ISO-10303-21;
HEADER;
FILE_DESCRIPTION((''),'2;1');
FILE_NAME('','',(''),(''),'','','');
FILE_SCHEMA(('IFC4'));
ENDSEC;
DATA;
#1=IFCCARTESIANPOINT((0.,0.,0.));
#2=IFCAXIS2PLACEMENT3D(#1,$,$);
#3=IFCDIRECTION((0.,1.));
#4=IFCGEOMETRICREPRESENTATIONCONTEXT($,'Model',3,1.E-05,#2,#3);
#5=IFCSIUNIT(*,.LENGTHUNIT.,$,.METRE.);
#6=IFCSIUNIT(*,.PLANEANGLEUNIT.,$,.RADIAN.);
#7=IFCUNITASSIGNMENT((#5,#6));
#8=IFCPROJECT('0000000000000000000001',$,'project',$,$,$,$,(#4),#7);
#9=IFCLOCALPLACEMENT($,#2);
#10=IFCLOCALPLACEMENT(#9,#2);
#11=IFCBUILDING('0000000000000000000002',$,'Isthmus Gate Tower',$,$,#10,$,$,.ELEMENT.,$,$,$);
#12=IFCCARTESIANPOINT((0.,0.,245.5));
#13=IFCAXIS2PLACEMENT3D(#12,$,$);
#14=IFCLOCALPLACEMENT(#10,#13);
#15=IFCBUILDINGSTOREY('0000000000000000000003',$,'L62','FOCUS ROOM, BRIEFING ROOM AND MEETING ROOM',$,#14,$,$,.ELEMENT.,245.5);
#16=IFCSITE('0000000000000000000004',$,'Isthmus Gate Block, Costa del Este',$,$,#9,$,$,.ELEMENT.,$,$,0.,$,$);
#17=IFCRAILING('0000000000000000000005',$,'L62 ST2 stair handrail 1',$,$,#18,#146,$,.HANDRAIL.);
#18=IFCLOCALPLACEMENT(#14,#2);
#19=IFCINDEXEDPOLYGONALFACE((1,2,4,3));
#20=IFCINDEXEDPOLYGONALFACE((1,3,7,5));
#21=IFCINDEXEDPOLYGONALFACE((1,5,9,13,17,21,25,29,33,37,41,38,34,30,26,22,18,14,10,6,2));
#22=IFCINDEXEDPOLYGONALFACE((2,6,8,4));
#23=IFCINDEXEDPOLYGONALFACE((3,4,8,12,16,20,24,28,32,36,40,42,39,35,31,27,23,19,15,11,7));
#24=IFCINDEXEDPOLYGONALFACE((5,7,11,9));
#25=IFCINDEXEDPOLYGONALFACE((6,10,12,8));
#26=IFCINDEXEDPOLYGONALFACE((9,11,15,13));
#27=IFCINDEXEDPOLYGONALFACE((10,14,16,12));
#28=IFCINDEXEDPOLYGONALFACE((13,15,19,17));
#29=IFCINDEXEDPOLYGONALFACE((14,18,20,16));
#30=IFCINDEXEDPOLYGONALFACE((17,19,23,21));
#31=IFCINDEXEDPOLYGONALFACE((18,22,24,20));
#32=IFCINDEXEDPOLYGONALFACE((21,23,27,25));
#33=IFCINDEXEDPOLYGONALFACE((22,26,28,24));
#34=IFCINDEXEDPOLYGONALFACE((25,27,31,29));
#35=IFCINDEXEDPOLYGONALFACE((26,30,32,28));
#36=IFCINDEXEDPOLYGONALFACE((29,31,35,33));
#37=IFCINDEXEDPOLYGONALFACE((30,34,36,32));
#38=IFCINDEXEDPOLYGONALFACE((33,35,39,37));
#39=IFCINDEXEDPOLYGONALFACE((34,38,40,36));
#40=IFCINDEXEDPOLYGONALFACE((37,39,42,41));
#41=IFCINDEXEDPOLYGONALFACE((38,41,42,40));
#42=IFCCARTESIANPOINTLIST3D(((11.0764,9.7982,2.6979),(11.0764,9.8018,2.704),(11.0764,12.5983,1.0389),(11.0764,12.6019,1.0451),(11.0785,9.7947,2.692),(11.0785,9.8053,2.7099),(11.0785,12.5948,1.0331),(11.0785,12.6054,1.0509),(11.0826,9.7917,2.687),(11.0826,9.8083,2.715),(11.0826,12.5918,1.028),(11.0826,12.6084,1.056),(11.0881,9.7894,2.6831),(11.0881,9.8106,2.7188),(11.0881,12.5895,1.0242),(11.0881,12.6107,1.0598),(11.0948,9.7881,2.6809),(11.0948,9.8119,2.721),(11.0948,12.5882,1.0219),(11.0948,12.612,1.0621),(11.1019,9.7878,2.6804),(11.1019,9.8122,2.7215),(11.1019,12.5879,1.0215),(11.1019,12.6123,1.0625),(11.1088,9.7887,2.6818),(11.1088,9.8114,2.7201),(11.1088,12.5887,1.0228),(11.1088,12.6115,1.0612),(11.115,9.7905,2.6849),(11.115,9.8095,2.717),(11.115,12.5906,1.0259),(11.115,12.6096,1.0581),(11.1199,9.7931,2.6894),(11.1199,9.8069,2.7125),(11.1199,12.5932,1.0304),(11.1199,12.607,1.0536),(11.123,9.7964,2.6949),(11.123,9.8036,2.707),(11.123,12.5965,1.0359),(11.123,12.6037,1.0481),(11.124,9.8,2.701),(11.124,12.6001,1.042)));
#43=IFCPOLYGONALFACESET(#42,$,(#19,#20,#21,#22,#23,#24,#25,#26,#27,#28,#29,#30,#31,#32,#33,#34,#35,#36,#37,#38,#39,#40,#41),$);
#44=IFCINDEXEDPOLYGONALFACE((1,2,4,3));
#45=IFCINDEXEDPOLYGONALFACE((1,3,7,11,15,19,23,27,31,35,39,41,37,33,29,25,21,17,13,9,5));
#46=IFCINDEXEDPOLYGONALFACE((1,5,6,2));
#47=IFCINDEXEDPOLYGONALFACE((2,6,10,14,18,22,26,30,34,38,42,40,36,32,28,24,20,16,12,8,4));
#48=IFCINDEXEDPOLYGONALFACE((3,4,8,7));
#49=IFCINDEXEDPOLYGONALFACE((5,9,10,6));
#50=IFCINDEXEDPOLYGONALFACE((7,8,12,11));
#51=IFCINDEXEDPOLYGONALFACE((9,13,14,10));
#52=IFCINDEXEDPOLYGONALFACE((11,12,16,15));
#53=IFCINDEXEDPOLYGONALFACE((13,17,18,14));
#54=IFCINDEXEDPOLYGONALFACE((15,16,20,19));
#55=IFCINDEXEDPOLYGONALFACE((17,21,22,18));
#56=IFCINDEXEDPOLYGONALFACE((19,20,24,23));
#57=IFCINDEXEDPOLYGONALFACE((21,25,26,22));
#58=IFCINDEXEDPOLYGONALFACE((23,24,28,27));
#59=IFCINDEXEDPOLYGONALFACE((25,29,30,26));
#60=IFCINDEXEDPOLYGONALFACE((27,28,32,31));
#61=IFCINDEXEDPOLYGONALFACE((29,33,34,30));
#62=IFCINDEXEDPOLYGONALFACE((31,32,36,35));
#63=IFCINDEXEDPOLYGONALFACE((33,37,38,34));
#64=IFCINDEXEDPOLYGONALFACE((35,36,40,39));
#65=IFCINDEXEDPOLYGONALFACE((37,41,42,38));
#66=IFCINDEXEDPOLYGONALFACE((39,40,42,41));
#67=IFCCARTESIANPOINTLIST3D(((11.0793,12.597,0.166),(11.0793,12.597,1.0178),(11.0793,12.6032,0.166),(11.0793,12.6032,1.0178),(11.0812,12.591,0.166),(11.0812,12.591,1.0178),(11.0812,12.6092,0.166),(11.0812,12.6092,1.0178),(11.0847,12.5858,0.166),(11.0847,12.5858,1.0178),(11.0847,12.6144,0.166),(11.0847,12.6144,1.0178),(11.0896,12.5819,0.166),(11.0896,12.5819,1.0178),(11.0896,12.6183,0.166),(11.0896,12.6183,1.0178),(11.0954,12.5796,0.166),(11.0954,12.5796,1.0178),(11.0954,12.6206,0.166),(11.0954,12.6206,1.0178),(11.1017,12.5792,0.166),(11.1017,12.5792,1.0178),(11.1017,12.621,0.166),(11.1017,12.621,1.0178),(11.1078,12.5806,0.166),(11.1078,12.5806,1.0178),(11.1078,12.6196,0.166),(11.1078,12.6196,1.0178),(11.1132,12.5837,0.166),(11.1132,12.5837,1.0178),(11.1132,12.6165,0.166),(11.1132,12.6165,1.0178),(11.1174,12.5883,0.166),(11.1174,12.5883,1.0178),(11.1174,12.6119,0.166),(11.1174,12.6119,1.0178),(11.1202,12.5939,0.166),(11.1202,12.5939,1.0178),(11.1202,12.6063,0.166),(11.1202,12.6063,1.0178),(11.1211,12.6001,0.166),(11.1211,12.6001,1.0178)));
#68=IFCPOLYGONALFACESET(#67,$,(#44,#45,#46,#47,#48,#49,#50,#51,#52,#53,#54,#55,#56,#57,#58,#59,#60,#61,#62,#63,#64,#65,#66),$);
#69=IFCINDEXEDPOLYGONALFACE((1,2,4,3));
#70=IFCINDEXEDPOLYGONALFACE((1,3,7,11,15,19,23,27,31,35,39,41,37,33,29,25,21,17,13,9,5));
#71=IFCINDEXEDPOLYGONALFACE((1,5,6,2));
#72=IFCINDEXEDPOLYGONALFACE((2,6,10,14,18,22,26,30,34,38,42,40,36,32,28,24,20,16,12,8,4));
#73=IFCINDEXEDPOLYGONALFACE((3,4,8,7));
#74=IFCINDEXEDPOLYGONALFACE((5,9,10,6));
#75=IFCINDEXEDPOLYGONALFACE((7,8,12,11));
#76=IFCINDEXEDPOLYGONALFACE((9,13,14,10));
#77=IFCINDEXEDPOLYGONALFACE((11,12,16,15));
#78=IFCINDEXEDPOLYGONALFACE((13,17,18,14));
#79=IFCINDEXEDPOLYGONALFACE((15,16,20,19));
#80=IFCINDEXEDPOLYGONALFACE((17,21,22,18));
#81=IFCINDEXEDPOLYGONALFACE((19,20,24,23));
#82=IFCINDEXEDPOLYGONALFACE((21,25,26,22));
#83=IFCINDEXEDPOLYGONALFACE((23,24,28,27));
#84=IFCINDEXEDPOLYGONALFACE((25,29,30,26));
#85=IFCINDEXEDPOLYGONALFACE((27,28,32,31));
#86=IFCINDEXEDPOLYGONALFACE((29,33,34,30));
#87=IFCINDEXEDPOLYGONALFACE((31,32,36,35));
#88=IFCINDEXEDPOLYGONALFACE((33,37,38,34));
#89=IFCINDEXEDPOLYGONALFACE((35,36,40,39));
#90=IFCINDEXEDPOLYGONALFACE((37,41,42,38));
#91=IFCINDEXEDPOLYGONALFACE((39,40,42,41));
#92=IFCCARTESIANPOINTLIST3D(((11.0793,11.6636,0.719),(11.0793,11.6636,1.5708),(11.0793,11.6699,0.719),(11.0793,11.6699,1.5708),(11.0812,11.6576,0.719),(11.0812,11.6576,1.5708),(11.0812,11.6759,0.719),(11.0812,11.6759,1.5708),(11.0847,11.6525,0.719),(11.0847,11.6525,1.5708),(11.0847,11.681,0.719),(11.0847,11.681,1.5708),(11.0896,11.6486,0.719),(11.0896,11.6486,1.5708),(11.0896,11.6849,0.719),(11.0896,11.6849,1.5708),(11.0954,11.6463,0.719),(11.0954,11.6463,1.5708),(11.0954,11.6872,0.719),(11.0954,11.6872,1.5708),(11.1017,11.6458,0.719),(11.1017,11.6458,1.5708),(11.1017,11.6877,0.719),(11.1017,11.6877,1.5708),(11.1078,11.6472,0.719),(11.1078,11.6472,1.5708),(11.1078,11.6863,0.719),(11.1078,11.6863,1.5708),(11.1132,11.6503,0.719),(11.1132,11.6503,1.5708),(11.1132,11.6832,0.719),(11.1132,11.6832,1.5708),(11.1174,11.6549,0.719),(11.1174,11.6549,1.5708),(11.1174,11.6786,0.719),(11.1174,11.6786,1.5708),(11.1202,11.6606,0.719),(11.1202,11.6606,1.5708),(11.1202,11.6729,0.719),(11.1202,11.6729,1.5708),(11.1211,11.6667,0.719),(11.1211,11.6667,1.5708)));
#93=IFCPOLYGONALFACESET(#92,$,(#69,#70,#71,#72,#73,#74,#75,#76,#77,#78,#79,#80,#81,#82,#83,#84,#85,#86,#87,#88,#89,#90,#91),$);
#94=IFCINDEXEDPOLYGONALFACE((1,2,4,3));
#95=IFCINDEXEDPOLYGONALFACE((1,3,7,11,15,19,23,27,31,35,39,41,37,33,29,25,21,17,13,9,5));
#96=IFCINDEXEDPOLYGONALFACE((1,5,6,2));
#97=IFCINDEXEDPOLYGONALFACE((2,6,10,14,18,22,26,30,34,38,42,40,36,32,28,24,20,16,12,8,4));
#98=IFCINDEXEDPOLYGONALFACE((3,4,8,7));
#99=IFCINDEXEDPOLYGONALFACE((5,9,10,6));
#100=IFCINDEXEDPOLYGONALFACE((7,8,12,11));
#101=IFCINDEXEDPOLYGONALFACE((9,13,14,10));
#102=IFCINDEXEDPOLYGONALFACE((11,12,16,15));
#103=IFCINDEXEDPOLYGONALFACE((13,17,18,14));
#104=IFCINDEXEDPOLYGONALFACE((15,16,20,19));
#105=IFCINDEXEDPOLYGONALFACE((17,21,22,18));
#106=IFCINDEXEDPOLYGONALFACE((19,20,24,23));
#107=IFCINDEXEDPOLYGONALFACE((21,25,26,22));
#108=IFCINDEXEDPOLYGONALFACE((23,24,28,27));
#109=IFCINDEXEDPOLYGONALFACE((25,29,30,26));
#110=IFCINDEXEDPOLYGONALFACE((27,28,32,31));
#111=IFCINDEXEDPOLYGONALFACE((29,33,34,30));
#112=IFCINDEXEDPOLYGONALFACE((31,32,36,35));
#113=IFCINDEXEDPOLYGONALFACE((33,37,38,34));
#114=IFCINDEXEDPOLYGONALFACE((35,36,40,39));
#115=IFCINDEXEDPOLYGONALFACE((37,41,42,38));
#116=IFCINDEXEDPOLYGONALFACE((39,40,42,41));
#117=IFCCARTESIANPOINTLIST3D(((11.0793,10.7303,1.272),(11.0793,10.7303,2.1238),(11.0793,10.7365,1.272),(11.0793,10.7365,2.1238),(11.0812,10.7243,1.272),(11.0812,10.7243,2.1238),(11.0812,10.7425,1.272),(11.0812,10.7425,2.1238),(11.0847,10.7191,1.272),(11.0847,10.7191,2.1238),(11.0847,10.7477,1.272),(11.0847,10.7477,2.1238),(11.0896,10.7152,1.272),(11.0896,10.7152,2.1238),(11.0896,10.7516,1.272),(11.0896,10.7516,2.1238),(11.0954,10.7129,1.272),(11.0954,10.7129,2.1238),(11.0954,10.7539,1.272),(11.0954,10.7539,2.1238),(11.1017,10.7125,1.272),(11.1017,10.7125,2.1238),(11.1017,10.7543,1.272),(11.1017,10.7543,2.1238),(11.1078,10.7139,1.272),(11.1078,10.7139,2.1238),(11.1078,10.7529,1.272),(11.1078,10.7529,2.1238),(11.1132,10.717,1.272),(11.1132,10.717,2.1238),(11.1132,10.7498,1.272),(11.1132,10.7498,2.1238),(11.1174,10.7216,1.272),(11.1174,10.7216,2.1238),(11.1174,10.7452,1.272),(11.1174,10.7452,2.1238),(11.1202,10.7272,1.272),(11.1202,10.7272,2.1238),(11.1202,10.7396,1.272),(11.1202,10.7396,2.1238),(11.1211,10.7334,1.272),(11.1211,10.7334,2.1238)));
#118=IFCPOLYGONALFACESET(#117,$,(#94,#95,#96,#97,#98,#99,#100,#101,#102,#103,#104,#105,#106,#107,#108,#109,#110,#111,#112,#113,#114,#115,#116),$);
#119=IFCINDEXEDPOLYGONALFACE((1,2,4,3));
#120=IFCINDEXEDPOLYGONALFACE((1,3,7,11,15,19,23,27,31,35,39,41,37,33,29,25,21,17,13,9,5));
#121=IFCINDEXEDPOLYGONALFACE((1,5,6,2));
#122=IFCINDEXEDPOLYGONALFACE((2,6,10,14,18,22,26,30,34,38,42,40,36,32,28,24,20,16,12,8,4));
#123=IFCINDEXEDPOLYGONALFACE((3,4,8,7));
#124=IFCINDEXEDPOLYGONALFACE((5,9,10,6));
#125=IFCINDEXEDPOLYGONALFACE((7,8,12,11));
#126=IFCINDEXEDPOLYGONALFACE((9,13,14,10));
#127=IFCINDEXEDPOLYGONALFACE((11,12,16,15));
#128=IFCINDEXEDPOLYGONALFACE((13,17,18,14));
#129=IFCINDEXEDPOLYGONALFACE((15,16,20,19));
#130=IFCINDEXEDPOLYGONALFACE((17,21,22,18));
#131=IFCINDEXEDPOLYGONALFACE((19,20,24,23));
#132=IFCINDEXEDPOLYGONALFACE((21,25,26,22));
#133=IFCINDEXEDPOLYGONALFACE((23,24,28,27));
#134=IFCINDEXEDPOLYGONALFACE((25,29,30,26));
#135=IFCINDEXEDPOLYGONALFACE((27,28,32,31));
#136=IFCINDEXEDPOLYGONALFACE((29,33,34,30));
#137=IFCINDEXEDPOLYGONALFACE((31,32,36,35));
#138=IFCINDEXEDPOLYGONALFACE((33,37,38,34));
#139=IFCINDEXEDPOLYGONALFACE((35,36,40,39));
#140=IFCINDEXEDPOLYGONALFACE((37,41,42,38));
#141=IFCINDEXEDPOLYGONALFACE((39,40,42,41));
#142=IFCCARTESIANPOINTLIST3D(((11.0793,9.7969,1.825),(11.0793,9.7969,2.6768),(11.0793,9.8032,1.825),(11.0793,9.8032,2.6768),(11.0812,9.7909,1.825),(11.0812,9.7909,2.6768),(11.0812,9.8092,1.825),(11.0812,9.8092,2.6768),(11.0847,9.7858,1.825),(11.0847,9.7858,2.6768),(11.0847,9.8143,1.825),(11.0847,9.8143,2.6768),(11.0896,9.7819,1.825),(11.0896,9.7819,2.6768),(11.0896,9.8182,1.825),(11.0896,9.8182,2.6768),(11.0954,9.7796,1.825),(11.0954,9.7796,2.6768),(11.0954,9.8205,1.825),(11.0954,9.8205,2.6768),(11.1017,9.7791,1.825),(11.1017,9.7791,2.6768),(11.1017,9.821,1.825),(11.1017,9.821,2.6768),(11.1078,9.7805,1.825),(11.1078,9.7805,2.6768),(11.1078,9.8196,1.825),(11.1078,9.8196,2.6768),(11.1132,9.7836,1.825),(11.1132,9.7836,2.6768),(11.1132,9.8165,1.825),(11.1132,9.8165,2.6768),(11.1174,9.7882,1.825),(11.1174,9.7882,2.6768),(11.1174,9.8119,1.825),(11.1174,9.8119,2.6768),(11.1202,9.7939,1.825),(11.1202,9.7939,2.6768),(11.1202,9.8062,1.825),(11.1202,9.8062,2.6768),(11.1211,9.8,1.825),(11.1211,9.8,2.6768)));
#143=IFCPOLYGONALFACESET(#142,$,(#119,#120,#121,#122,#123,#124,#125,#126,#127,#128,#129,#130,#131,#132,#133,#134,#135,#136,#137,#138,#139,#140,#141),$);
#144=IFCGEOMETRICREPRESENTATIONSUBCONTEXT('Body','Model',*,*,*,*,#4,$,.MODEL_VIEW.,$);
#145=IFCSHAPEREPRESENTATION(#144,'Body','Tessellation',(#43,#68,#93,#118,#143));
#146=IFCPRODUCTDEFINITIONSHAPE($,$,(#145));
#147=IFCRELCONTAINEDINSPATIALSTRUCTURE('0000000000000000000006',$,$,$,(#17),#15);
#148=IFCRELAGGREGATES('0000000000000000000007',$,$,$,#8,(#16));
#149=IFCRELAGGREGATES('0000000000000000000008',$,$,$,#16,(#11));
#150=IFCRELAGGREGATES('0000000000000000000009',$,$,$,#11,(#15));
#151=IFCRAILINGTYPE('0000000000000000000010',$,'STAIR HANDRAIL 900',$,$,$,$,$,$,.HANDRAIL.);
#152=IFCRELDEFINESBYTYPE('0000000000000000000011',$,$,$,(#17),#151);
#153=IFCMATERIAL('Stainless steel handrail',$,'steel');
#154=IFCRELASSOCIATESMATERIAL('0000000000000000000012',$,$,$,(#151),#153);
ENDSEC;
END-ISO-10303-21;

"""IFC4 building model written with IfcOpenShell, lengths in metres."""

from ifc_helpers import new_model, si_unit, direction, frame, origin, origin_2d, place, context, subcontext, project, spatial, circle, extrude, material, type_object, element, save


model = new_model("IFC4")

# Units and contexts
model_context = context("Model", 3, precision=1e-05, world=origin(), true_north=direction((0.0, 1.0)))
body_context = subcontext(model_context, "Body", "Model", "MODEL_VIEW")
ifc_project = project(units=[si_unit("LENGTHUNIT", "METRE"), si_unit("PLANEANGLEUNIT", "RADIAN")], contexts=[model_context])

# Site, building, storey
site_placement = place(None, origin())
site = spatial("IfcSite", under=ifc_project, at=site_placement, Name="Isthmus Gate Block, Costa del Este", CompositionType="ELEMENT", RefElevation=0.0)
building_placement = place(site_placement, origin())
building = spatial("IfcBuilding", under=site, at=building_placement, Name="Isthmus Gate Tower", CompositionType="ELEMENT")
storey_placement = place(building_placement, frame((0.0, 0.0, 245.5)))
storey = spatial("IfcBuildingStorey", under=building, at=storey_placement, Name="L62", Description="FOCUS ROOM, BRIEFING ROOM AND MEETING ROOM", CompositionType="ELEMENT", Elevation=245.5)

# Railing
ifc_material_1 = material(Name="Stainless steel handrail", Category="steel")
railing_type_1 = type_object("IfcRailingType", Name="STAIR HANDRAIL 900", PredefinedType="HANDRAIL", material=ifc_material_1)
for number, where, name in (
    (1, (11.1001, 12.6001, 0.166), "L62 ST2 stair handrail 1"),
):
    element("IfcRailing", number, at=place(storey_placement, frame(where)), inside=storey, type_object=railing_type_1, Name=name, PredefinedType="HANDRAIL", context=body_context, shape_type="SweptSolid", body=[
        extrude(circle(Radius=0.0239, at=origin_2d()), frame((0.0, 0.0, 0.876), z_axis=(0.0, -0.860339, 0.509722), x_axis=(1.0, 0.0, 0.0)), (0.0, 0.0, 1.0), 3.2546),
        extrude(circle(Radius=0.021, at=origin_2d()), origin(), (0.0, 0.0, 1.0), 0.8518),
        extrude(circle(Radius=0.021, at=origin_2d()), frame((0.0, -0.9333, 0.553)), (0.0, 0.0, 1.0), 0.8518),
        extrude(circle(Radius=0.021, at=origin_2d()), frame((0.0, -1.8667, 1.106)), (0.0, 0.0, 1.0), 0.8518),
        extrude(circle(Radius=0.021, at=origin_2d()), frame((0.0, -2.8, 1.6589)), (0.0, 0.0, 1.0), 0.8518),
    ])

save(model, "model.ifc")
